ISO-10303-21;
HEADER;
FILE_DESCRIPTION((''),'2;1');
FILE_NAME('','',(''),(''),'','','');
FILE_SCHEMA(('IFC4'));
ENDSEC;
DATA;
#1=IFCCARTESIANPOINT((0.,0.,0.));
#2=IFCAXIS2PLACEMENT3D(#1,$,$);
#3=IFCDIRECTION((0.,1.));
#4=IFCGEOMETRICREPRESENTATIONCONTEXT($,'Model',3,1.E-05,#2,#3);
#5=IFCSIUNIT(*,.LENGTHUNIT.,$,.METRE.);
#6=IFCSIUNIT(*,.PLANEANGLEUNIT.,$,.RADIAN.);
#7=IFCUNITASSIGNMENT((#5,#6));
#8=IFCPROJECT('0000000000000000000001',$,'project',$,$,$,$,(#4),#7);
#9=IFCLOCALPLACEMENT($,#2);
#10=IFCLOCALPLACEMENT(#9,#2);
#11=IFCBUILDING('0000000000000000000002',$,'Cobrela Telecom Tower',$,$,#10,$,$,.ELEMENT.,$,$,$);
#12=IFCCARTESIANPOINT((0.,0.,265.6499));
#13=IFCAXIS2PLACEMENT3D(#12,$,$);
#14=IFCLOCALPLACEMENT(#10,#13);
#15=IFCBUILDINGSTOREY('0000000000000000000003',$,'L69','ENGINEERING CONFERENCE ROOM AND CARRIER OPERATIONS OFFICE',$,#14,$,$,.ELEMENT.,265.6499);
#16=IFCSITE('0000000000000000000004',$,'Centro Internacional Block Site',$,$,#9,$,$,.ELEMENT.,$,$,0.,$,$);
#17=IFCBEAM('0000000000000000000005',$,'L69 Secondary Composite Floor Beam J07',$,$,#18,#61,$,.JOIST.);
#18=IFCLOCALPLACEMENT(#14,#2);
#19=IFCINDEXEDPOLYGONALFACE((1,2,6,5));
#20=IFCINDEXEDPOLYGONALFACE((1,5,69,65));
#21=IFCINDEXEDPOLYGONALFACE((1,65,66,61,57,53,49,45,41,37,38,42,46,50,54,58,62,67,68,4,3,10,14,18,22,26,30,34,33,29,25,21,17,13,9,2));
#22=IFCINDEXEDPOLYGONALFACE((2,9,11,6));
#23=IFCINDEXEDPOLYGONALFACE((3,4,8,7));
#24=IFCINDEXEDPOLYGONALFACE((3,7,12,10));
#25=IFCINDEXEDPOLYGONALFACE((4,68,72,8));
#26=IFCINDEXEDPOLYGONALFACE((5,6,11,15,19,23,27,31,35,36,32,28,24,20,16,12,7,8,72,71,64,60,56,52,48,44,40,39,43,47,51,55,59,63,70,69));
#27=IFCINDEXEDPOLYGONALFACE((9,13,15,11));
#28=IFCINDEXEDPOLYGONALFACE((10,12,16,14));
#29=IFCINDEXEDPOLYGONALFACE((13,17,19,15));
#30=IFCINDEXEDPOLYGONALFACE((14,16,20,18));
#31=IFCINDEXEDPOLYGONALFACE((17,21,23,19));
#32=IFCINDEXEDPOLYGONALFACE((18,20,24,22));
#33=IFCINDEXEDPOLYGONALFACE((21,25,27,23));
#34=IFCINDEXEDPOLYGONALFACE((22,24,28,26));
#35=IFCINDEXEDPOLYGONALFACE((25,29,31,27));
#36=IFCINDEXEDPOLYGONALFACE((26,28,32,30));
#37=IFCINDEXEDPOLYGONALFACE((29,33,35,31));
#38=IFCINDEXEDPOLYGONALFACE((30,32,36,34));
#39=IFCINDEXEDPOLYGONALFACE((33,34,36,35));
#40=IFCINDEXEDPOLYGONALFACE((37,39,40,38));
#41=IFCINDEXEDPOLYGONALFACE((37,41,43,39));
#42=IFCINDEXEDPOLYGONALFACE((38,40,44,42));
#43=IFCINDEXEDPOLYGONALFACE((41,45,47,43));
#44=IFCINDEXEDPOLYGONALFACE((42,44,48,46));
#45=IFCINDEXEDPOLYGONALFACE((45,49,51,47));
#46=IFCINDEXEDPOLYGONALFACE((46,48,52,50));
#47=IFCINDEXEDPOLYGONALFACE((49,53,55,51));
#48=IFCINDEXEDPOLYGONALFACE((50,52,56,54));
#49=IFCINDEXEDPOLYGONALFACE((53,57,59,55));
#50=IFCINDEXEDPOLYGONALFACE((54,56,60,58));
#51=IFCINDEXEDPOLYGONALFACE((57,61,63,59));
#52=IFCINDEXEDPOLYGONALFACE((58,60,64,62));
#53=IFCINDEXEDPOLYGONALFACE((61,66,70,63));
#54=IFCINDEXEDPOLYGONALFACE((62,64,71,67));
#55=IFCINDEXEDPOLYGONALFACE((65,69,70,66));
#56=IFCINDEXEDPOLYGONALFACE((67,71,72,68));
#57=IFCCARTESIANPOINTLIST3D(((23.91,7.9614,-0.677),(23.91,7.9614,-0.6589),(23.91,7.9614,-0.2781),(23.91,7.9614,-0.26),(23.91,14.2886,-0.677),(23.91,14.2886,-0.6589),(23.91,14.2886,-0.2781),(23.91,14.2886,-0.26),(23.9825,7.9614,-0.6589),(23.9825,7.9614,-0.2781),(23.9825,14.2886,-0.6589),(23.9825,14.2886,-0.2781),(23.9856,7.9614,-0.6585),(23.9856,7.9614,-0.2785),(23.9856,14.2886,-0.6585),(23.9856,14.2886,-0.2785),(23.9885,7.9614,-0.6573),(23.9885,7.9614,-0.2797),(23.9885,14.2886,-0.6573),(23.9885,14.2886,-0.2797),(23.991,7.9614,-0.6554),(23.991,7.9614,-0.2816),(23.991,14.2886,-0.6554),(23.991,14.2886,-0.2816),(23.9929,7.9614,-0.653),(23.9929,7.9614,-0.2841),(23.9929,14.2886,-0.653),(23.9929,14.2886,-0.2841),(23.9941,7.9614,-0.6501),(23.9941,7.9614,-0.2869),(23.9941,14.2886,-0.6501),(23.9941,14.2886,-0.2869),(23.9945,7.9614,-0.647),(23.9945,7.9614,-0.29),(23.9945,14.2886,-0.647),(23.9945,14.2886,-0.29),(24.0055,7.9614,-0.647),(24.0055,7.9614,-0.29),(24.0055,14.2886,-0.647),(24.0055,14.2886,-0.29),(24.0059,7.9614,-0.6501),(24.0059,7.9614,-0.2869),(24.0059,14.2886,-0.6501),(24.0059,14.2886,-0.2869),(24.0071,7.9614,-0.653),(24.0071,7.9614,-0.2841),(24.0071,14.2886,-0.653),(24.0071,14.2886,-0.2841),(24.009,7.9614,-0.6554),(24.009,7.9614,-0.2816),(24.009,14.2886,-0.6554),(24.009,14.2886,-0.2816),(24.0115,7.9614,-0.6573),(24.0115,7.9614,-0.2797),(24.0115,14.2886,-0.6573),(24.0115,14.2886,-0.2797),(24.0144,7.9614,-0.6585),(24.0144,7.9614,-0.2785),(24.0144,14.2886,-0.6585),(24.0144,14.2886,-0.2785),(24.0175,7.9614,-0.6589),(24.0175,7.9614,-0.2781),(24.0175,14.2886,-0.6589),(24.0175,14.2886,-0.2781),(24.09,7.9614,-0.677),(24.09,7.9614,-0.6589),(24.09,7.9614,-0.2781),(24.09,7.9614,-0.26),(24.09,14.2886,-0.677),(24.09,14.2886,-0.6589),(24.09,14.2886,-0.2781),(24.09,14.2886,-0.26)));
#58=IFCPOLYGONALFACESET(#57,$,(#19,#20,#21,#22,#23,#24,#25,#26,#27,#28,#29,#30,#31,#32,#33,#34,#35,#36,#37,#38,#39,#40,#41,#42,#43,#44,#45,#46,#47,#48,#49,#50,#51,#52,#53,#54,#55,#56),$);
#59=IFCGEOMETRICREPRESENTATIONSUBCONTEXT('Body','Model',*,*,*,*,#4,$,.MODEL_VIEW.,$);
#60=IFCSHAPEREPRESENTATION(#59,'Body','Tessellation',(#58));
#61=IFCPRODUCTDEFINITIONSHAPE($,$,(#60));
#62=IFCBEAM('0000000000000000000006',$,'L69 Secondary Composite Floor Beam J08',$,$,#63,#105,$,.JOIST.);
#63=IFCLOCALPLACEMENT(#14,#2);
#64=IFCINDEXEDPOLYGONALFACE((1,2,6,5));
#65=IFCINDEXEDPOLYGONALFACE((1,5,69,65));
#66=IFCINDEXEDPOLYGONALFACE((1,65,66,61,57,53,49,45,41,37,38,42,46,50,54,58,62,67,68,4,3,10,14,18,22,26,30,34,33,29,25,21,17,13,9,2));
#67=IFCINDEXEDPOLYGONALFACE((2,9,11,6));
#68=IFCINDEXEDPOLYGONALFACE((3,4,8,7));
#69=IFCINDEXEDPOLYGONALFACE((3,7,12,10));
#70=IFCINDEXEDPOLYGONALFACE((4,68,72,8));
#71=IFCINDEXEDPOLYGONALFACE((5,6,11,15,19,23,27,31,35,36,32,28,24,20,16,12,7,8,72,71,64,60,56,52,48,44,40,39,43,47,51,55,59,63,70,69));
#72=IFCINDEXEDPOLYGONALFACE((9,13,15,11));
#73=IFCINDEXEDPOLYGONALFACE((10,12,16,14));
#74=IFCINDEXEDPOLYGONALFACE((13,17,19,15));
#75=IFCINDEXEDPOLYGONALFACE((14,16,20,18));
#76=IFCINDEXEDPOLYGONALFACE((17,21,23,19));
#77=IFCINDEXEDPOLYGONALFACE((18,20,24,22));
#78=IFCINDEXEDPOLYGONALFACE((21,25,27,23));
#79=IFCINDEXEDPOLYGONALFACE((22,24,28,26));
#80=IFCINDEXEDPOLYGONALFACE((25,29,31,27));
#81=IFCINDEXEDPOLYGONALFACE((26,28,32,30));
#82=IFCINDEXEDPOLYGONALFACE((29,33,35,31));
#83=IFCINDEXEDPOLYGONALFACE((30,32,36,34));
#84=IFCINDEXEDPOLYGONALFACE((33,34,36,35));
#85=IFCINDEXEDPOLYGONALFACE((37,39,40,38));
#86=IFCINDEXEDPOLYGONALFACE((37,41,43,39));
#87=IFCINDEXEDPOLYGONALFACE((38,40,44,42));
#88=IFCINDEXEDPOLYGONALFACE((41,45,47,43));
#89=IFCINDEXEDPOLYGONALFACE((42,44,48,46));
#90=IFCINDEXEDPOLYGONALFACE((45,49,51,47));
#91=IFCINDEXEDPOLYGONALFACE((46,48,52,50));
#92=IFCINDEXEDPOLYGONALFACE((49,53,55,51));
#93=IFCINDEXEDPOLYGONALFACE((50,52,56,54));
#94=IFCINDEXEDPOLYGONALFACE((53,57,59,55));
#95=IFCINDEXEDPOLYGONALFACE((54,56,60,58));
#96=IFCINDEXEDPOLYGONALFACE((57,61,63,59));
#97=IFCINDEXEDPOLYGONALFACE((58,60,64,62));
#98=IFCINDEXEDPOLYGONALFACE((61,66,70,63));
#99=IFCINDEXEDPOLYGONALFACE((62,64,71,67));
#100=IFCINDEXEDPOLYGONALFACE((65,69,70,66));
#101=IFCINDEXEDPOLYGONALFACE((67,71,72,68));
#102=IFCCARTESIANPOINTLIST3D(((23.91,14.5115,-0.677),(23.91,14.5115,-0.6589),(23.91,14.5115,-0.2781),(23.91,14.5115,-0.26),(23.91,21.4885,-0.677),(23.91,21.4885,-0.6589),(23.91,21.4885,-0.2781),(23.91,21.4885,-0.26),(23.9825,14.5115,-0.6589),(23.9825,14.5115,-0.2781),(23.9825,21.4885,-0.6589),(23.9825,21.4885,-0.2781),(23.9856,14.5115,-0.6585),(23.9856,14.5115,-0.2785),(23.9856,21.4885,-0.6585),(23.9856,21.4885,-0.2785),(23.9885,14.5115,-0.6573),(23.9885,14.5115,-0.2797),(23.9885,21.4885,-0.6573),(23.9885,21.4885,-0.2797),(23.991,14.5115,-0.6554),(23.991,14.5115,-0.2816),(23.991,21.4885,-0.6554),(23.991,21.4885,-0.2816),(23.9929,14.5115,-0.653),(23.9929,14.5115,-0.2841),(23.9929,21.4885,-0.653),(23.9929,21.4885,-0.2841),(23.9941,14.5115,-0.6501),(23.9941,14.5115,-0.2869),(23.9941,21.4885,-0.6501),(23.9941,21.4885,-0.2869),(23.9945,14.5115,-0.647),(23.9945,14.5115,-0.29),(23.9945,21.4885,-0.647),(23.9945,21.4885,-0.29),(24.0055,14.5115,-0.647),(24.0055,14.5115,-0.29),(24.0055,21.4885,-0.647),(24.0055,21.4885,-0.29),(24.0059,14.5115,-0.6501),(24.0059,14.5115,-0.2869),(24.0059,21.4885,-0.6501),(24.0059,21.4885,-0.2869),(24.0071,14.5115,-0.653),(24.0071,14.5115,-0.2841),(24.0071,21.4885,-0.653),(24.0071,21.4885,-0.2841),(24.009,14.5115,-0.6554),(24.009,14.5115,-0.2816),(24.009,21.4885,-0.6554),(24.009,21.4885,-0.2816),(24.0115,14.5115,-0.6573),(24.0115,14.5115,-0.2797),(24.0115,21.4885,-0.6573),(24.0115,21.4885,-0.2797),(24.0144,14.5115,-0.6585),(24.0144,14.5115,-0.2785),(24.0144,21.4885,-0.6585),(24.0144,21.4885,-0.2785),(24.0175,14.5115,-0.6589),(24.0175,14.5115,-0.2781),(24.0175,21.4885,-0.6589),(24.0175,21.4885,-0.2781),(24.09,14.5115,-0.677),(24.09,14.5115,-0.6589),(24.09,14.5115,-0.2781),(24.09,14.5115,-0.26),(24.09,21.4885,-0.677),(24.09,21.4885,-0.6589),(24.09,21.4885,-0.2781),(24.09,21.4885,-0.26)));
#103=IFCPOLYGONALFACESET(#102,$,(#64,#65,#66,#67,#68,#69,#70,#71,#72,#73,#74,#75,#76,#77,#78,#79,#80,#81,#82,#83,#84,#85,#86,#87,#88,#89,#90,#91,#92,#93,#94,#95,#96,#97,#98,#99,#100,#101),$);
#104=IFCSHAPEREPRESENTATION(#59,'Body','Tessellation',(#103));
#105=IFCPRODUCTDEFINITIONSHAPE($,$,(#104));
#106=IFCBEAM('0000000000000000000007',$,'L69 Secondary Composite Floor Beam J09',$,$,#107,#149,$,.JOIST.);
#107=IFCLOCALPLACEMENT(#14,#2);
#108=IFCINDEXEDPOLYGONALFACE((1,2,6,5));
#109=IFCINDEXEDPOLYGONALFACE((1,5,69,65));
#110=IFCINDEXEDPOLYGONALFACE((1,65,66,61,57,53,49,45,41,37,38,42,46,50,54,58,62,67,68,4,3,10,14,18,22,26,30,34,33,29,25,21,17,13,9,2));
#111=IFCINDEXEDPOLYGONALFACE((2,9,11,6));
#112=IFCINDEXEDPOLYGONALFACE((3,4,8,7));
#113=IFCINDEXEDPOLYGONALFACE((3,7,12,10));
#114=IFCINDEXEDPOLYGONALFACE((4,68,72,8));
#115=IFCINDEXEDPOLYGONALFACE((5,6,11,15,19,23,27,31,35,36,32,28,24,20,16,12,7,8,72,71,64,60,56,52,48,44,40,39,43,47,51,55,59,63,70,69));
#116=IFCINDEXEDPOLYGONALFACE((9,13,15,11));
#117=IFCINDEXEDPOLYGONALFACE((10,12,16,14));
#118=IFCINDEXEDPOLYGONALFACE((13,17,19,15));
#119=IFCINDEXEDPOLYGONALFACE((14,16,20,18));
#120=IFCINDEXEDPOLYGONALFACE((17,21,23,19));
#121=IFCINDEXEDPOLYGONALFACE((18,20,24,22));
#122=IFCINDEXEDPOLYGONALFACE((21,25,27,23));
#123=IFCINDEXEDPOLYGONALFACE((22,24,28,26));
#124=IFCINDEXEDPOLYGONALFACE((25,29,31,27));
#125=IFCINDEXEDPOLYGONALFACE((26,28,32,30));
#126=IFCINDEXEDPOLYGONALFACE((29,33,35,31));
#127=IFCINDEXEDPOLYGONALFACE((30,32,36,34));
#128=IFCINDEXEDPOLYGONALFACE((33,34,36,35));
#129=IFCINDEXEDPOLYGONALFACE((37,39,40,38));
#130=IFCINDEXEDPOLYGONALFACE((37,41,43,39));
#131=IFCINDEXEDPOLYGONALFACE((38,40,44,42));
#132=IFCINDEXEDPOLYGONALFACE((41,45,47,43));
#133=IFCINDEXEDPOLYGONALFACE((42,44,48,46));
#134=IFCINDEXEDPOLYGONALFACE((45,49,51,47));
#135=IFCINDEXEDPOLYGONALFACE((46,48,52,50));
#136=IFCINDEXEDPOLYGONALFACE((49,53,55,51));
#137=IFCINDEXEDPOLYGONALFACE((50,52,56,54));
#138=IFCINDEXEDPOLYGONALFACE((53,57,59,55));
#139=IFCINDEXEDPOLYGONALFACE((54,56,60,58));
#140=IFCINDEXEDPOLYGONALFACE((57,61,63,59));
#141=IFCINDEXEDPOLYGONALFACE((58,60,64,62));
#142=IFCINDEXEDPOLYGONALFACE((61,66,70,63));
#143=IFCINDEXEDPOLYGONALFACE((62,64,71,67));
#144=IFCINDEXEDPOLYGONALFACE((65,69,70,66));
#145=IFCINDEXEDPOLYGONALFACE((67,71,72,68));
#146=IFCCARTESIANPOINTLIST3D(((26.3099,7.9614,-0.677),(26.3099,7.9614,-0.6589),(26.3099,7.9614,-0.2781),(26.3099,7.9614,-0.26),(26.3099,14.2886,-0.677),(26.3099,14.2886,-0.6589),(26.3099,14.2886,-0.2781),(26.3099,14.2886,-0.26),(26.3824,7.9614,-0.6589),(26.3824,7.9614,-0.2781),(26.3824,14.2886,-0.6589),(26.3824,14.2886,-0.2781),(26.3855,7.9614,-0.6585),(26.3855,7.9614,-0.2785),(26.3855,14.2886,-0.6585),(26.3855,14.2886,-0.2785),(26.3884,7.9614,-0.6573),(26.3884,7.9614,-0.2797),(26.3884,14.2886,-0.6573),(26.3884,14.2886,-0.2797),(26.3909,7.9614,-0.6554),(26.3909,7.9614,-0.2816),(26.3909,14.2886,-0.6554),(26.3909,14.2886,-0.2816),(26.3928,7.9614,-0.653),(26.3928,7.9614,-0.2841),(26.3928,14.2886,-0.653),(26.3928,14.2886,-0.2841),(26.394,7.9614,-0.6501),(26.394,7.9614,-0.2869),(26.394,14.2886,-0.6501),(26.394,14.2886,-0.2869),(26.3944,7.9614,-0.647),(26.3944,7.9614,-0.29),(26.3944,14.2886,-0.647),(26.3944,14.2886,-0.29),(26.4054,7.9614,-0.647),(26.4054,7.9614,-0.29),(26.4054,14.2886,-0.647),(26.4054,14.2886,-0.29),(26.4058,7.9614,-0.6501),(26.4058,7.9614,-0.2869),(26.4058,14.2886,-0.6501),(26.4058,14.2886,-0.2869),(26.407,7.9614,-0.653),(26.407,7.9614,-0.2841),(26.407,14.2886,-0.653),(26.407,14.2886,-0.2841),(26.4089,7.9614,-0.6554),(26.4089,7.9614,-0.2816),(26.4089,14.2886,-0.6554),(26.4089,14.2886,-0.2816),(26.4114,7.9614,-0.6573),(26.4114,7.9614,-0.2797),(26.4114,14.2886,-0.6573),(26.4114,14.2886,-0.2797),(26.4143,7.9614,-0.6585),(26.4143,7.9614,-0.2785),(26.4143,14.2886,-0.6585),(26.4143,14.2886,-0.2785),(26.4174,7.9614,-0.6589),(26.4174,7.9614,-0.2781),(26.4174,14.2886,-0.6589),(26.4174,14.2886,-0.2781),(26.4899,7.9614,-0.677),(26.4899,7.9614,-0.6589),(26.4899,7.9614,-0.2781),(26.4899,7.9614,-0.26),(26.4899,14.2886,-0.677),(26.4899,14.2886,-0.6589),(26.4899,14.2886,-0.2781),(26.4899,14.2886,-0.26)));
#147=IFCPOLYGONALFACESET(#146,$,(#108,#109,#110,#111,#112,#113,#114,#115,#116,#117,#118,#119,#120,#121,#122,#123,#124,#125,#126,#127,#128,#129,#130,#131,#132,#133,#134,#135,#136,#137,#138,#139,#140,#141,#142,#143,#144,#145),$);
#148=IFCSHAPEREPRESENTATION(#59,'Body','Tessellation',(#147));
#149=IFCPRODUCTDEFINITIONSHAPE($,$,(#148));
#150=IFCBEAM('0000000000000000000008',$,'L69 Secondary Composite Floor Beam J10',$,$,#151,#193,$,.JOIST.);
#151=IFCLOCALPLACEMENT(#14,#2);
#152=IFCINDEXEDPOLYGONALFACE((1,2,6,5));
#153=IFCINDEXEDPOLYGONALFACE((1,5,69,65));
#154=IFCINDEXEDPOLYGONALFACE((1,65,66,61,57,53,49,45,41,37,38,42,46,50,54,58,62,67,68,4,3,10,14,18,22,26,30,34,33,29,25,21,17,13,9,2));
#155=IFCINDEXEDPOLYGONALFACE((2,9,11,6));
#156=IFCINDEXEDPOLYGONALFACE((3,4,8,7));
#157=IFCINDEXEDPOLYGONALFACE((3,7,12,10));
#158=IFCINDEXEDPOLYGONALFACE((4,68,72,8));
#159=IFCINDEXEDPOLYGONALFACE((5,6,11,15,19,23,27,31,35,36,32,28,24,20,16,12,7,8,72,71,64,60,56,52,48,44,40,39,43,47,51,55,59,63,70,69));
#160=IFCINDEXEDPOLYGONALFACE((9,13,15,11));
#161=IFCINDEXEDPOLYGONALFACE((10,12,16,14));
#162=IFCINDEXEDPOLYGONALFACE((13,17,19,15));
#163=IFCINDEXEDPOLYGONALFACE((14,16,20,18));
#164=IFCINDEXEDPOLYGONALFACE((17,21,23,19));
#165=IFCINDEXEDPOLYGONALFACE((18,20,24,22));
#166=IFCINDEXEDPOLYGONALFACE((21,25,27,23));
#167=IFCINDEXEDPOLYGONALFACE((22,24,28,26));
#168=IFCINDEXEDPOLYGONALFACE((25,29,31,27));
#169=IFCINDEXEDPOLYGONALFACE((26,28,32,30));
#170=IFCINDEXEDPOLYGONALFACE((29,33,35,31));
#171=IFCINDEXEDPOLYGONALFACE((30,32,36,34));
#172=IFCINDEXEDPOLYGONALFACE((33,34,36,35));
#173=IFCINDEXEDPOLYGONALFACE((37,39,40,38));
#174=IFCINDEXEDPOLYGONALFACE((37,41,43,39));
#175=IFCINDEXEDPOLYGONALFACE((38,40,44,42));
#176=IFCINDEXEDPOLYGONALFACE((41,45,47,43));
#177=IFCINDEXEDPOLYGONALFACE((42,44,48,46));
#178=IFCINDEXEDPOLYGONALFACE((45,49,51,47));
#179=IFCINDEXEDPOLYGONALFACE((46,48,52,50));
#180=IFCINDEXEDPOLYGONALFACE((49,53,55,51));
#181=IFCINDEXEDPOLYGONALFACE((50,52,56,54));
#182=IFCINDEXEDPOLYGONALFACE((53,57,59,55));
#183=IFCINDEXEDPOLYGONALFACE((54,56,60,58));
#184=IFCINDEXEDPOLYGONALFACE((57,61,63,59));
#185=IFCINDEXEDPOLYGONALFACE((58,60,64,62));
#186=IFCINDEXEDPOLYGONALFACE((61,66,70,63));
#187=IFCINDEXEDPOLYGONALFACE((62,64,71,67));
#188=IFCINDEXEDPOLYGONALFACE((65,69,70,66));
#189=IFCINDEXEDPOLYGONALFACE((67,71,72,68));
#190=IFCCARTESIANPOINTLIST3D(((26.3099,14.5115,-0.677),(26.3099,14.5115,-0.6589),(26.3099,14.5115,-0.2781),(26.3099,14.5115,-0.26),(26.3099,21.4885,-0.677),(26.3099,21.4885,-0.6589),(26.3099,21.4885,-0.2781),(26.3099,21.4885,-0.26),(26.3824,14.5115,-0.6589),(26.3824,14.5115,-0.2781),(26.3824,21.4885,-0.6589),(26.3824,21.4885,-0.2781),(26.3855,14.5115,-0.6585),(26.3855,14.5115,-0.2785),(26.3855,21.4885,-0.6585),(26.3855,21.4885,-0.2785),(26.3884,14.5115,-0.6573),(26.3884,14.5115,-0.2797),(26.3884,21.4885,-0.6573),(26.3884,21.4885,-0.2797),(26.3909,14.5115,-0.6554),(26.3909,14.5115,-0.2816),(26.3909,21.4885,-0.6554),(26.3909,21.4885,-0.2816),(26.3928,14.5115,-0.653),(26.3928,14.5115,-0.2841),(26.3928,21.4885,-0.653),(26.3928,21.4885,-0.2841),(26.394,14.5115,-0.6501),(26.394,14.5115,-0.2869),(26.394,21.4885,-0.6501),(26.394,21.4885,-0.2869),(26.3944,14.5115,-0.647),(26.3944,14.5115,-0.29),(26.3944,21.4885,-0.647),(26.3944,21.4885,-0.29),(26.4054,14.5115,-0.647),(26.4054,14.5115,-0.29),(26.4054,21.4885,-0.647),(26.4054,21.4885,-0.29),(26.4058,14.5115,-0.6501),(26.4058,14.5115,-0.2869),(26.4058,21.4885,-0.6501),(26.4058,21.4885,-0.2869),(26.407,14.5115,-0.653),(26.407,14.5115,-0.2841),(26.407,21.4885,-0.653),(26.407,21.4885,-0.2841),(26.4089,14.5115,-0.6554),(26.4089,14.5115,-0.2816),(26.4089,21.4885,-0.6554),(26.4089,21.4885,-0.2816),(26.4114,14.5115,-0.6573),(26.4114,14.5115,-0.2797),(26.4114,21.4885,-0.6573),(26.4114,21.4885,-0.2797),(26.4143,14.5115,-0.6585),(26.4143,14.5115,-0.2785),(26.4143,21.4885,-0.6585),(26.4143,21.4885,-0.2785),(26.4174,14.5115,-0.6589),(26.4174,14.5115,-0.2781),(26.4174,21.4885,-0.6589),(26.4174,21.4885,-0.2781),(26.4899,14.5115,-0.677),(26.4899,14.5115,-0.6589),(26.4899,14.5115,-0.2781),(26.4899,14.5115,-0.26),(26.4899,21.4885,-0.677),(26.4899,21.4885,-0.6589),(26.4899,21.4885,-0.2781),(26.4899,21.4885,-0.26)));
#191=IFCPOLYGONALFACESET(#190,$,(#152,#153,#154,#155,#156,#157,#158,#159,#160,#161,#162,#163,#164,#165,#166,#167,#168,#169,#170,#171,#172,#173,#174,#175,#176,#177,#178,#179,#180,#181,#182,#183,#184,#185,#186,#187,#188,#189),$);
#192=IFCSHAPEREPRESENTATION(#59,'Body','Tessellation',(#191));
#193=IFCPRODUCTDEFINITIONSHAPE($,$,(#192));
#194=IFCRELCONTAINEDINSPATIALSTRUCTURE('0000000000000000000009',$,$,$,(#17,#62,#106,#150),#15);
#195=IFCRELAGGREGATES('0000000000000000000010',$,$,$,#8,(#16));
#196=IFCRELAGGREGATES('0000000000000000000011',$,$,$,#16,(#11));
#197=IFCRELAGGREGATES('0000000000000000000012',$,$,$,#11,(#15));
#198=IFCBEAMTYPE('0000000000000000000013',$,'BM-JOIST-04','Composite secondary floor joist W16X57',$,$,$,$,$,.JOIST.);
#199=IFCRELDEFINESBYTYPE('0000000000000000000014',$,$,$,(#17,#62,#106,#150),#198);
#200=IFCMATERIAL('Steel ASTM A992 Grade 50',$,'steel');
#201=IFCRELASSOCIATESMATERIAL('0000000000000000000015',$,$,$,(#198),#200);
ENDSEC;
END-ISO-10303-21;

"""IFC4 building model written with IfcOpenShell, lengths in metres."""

from ifc_helpers import new_model, si_unit, direction, frame, origin, origin_2d, place, context, subcontext, project, spatial, i_section, extrude, material, material_profile, profile_set, type_object, element, save


model = new_model("IFC4")

# Units and contexts
model_context = context("Model", 3, precision=1e-05, world=origin(), true_north=direction((0.0, 1.0)))
body_context = subcontext(model_context, "Body", "Model", "MODEL_VIEW")
ifc_project = project(units=[si_unit("LENGTHUNIT", "METRE"), si_unit("PLANEANGLEUNIT", "RADIAN")], contexts=[model_context])

# Site, building, storey
site_placement = place(None, origin())
site = spatial("IfcSite", under=ifc_project, at=site_placement, Name="Centro Internacional Block Site", CompositionType="ELEMENT", RefElevation=0.0)
building_placement = place(site_placement, origin())
building = spatial("IfcBuilding", under=site, at=building_placement, Name="Cobrela Telecom Tower", CompositionType="ELEMENT")
storey_placement = place(building_placement, frame((0.0, 0.0, 265.6499)))
storey = spatial("IfcBuildingStorey", under=building, at=storey_placement, Name="L69", Description="ENGINEERING CONFERENCE ROOM AND CARRIER OPERATIONS OFFICE", CompositionType="ELEMENT", Elevation=265.6499)

# Shared definitions
ifc_material_1 = material(Name="Steel ASTM A992 Grade 50", Category="steel")

# Beams
ifc_material_profile_1 = material_profile(ifc_material_1, i_section(OverallWidth=0.1799, OverallDepth=0.417, WebThickness=0.011, FlangeThickness=0.0181, FilletRadius=0.012, at=origin_2d()), Name="W16X57")
ifc_profile_set_1 = profile_set([ifc_material_profile_1], Name="Steel ASTM A992 Grade 50")
beam_type_1 = type_object("IfcBeamType", Name="BM-JOIST-04", Description="Composite secondary floor joist W16X57", PredefinedType="JOIST", material=ifc_profile_set_1)
beam_1_placement = place(storey_placement, frame((24.0, 7.9614, -0.4685), z_axis=(0.0, 1.0, 0.0), x_axis=(-1.0, 0.0, 0.0)))
element("IfcBeam", 1, at=beam_1_placement, inside=storey, type_object=beam_type_1, Name="L69 Secondary Composite Floor Beam J07", PredefinedType="JOIST", context=body_context, shape_type="SweptSolid", body=[
    extrude(i_section(OverallWidth=0.1799, OverallDepth=0.417, WebThickness=0.011, FlangeThickness=0.0181, FilletRadius=0.012, at=origin_2d()), origin(), (0.0, 0.0, 1.0), 6.3271),
])
beam_2_placement = place(storey_placement, frame((24.0, 14.5115, -0.4685), z_axis=(0.0, 1.0, 0.0), x_axis=(-1.0, 0.0, 0.0)))
element("IfcBeam", 2, at=beam_2_placement, inside=storey, type_object=beam_type_1, Name="L69 Secondary Composite Floor Beam J08", PredefinedType="JOIST", context=body_context, shape_type="SweptSolid", body=[
    extrude(i_section(OverallWidth=0.1799, OverallDepth=0.417, WebThickness=0.011, FlangeThickness=0.0181, FilletRadius=0.012, at=origin_2d()), origin(), (0.0, 0.0, 1.0), 6.9771),
])
beam_3_placement = place(storey_placement, frame((26.3999, 7.9614, -0.4685), z_axis=(0.0, 1.0, 0.0), x_axis=(-1.0, 0.0, 0.0)))
element("IfcBeam", 3, at=beam_3_placement, inside=storey, type_object=beam_type_1, Name="L69 Secondary Composite Floor Beam J09", PredefinedType="JOIST", context=body_context, shape_type="SweptSolid", body=[
    extrude(i_section(OverallWidth=0.1799, OverallDepth=0.417, WebThickness=0.011, FlangeThickness=0.0181, FilletRadius=0.012, at=origin_2d()), origin(), (0.0, 0.0, 1.0), 6.3271),
])
beam_4_placement = place(storey_placement, frame((26.3999, 14.5115, -0.4685), z_axis=(0.0, 1.0, 0.0), x_axis=(-1.0, 0.0, 0.0)))
element("IfcBeam", 4, at=beam_4_placement, inside=storey, type_object=beam_type_1, Name="L69 Secondary Composite Floor Beam J10", PredefinedType="JOIST", context=body_context, shape_type="SweptSolid", body=[
    extrude(i_section(OverallWidth=0.1799, OverallDepth=0.417, WebThickness=0.011, FlangeThickness=0.0181, FilletRadius=0.012, at=origin_2d()), origin(), (0.0, 0.0, 1.0), 6.9771),
])

save(model, "model.ifc")
